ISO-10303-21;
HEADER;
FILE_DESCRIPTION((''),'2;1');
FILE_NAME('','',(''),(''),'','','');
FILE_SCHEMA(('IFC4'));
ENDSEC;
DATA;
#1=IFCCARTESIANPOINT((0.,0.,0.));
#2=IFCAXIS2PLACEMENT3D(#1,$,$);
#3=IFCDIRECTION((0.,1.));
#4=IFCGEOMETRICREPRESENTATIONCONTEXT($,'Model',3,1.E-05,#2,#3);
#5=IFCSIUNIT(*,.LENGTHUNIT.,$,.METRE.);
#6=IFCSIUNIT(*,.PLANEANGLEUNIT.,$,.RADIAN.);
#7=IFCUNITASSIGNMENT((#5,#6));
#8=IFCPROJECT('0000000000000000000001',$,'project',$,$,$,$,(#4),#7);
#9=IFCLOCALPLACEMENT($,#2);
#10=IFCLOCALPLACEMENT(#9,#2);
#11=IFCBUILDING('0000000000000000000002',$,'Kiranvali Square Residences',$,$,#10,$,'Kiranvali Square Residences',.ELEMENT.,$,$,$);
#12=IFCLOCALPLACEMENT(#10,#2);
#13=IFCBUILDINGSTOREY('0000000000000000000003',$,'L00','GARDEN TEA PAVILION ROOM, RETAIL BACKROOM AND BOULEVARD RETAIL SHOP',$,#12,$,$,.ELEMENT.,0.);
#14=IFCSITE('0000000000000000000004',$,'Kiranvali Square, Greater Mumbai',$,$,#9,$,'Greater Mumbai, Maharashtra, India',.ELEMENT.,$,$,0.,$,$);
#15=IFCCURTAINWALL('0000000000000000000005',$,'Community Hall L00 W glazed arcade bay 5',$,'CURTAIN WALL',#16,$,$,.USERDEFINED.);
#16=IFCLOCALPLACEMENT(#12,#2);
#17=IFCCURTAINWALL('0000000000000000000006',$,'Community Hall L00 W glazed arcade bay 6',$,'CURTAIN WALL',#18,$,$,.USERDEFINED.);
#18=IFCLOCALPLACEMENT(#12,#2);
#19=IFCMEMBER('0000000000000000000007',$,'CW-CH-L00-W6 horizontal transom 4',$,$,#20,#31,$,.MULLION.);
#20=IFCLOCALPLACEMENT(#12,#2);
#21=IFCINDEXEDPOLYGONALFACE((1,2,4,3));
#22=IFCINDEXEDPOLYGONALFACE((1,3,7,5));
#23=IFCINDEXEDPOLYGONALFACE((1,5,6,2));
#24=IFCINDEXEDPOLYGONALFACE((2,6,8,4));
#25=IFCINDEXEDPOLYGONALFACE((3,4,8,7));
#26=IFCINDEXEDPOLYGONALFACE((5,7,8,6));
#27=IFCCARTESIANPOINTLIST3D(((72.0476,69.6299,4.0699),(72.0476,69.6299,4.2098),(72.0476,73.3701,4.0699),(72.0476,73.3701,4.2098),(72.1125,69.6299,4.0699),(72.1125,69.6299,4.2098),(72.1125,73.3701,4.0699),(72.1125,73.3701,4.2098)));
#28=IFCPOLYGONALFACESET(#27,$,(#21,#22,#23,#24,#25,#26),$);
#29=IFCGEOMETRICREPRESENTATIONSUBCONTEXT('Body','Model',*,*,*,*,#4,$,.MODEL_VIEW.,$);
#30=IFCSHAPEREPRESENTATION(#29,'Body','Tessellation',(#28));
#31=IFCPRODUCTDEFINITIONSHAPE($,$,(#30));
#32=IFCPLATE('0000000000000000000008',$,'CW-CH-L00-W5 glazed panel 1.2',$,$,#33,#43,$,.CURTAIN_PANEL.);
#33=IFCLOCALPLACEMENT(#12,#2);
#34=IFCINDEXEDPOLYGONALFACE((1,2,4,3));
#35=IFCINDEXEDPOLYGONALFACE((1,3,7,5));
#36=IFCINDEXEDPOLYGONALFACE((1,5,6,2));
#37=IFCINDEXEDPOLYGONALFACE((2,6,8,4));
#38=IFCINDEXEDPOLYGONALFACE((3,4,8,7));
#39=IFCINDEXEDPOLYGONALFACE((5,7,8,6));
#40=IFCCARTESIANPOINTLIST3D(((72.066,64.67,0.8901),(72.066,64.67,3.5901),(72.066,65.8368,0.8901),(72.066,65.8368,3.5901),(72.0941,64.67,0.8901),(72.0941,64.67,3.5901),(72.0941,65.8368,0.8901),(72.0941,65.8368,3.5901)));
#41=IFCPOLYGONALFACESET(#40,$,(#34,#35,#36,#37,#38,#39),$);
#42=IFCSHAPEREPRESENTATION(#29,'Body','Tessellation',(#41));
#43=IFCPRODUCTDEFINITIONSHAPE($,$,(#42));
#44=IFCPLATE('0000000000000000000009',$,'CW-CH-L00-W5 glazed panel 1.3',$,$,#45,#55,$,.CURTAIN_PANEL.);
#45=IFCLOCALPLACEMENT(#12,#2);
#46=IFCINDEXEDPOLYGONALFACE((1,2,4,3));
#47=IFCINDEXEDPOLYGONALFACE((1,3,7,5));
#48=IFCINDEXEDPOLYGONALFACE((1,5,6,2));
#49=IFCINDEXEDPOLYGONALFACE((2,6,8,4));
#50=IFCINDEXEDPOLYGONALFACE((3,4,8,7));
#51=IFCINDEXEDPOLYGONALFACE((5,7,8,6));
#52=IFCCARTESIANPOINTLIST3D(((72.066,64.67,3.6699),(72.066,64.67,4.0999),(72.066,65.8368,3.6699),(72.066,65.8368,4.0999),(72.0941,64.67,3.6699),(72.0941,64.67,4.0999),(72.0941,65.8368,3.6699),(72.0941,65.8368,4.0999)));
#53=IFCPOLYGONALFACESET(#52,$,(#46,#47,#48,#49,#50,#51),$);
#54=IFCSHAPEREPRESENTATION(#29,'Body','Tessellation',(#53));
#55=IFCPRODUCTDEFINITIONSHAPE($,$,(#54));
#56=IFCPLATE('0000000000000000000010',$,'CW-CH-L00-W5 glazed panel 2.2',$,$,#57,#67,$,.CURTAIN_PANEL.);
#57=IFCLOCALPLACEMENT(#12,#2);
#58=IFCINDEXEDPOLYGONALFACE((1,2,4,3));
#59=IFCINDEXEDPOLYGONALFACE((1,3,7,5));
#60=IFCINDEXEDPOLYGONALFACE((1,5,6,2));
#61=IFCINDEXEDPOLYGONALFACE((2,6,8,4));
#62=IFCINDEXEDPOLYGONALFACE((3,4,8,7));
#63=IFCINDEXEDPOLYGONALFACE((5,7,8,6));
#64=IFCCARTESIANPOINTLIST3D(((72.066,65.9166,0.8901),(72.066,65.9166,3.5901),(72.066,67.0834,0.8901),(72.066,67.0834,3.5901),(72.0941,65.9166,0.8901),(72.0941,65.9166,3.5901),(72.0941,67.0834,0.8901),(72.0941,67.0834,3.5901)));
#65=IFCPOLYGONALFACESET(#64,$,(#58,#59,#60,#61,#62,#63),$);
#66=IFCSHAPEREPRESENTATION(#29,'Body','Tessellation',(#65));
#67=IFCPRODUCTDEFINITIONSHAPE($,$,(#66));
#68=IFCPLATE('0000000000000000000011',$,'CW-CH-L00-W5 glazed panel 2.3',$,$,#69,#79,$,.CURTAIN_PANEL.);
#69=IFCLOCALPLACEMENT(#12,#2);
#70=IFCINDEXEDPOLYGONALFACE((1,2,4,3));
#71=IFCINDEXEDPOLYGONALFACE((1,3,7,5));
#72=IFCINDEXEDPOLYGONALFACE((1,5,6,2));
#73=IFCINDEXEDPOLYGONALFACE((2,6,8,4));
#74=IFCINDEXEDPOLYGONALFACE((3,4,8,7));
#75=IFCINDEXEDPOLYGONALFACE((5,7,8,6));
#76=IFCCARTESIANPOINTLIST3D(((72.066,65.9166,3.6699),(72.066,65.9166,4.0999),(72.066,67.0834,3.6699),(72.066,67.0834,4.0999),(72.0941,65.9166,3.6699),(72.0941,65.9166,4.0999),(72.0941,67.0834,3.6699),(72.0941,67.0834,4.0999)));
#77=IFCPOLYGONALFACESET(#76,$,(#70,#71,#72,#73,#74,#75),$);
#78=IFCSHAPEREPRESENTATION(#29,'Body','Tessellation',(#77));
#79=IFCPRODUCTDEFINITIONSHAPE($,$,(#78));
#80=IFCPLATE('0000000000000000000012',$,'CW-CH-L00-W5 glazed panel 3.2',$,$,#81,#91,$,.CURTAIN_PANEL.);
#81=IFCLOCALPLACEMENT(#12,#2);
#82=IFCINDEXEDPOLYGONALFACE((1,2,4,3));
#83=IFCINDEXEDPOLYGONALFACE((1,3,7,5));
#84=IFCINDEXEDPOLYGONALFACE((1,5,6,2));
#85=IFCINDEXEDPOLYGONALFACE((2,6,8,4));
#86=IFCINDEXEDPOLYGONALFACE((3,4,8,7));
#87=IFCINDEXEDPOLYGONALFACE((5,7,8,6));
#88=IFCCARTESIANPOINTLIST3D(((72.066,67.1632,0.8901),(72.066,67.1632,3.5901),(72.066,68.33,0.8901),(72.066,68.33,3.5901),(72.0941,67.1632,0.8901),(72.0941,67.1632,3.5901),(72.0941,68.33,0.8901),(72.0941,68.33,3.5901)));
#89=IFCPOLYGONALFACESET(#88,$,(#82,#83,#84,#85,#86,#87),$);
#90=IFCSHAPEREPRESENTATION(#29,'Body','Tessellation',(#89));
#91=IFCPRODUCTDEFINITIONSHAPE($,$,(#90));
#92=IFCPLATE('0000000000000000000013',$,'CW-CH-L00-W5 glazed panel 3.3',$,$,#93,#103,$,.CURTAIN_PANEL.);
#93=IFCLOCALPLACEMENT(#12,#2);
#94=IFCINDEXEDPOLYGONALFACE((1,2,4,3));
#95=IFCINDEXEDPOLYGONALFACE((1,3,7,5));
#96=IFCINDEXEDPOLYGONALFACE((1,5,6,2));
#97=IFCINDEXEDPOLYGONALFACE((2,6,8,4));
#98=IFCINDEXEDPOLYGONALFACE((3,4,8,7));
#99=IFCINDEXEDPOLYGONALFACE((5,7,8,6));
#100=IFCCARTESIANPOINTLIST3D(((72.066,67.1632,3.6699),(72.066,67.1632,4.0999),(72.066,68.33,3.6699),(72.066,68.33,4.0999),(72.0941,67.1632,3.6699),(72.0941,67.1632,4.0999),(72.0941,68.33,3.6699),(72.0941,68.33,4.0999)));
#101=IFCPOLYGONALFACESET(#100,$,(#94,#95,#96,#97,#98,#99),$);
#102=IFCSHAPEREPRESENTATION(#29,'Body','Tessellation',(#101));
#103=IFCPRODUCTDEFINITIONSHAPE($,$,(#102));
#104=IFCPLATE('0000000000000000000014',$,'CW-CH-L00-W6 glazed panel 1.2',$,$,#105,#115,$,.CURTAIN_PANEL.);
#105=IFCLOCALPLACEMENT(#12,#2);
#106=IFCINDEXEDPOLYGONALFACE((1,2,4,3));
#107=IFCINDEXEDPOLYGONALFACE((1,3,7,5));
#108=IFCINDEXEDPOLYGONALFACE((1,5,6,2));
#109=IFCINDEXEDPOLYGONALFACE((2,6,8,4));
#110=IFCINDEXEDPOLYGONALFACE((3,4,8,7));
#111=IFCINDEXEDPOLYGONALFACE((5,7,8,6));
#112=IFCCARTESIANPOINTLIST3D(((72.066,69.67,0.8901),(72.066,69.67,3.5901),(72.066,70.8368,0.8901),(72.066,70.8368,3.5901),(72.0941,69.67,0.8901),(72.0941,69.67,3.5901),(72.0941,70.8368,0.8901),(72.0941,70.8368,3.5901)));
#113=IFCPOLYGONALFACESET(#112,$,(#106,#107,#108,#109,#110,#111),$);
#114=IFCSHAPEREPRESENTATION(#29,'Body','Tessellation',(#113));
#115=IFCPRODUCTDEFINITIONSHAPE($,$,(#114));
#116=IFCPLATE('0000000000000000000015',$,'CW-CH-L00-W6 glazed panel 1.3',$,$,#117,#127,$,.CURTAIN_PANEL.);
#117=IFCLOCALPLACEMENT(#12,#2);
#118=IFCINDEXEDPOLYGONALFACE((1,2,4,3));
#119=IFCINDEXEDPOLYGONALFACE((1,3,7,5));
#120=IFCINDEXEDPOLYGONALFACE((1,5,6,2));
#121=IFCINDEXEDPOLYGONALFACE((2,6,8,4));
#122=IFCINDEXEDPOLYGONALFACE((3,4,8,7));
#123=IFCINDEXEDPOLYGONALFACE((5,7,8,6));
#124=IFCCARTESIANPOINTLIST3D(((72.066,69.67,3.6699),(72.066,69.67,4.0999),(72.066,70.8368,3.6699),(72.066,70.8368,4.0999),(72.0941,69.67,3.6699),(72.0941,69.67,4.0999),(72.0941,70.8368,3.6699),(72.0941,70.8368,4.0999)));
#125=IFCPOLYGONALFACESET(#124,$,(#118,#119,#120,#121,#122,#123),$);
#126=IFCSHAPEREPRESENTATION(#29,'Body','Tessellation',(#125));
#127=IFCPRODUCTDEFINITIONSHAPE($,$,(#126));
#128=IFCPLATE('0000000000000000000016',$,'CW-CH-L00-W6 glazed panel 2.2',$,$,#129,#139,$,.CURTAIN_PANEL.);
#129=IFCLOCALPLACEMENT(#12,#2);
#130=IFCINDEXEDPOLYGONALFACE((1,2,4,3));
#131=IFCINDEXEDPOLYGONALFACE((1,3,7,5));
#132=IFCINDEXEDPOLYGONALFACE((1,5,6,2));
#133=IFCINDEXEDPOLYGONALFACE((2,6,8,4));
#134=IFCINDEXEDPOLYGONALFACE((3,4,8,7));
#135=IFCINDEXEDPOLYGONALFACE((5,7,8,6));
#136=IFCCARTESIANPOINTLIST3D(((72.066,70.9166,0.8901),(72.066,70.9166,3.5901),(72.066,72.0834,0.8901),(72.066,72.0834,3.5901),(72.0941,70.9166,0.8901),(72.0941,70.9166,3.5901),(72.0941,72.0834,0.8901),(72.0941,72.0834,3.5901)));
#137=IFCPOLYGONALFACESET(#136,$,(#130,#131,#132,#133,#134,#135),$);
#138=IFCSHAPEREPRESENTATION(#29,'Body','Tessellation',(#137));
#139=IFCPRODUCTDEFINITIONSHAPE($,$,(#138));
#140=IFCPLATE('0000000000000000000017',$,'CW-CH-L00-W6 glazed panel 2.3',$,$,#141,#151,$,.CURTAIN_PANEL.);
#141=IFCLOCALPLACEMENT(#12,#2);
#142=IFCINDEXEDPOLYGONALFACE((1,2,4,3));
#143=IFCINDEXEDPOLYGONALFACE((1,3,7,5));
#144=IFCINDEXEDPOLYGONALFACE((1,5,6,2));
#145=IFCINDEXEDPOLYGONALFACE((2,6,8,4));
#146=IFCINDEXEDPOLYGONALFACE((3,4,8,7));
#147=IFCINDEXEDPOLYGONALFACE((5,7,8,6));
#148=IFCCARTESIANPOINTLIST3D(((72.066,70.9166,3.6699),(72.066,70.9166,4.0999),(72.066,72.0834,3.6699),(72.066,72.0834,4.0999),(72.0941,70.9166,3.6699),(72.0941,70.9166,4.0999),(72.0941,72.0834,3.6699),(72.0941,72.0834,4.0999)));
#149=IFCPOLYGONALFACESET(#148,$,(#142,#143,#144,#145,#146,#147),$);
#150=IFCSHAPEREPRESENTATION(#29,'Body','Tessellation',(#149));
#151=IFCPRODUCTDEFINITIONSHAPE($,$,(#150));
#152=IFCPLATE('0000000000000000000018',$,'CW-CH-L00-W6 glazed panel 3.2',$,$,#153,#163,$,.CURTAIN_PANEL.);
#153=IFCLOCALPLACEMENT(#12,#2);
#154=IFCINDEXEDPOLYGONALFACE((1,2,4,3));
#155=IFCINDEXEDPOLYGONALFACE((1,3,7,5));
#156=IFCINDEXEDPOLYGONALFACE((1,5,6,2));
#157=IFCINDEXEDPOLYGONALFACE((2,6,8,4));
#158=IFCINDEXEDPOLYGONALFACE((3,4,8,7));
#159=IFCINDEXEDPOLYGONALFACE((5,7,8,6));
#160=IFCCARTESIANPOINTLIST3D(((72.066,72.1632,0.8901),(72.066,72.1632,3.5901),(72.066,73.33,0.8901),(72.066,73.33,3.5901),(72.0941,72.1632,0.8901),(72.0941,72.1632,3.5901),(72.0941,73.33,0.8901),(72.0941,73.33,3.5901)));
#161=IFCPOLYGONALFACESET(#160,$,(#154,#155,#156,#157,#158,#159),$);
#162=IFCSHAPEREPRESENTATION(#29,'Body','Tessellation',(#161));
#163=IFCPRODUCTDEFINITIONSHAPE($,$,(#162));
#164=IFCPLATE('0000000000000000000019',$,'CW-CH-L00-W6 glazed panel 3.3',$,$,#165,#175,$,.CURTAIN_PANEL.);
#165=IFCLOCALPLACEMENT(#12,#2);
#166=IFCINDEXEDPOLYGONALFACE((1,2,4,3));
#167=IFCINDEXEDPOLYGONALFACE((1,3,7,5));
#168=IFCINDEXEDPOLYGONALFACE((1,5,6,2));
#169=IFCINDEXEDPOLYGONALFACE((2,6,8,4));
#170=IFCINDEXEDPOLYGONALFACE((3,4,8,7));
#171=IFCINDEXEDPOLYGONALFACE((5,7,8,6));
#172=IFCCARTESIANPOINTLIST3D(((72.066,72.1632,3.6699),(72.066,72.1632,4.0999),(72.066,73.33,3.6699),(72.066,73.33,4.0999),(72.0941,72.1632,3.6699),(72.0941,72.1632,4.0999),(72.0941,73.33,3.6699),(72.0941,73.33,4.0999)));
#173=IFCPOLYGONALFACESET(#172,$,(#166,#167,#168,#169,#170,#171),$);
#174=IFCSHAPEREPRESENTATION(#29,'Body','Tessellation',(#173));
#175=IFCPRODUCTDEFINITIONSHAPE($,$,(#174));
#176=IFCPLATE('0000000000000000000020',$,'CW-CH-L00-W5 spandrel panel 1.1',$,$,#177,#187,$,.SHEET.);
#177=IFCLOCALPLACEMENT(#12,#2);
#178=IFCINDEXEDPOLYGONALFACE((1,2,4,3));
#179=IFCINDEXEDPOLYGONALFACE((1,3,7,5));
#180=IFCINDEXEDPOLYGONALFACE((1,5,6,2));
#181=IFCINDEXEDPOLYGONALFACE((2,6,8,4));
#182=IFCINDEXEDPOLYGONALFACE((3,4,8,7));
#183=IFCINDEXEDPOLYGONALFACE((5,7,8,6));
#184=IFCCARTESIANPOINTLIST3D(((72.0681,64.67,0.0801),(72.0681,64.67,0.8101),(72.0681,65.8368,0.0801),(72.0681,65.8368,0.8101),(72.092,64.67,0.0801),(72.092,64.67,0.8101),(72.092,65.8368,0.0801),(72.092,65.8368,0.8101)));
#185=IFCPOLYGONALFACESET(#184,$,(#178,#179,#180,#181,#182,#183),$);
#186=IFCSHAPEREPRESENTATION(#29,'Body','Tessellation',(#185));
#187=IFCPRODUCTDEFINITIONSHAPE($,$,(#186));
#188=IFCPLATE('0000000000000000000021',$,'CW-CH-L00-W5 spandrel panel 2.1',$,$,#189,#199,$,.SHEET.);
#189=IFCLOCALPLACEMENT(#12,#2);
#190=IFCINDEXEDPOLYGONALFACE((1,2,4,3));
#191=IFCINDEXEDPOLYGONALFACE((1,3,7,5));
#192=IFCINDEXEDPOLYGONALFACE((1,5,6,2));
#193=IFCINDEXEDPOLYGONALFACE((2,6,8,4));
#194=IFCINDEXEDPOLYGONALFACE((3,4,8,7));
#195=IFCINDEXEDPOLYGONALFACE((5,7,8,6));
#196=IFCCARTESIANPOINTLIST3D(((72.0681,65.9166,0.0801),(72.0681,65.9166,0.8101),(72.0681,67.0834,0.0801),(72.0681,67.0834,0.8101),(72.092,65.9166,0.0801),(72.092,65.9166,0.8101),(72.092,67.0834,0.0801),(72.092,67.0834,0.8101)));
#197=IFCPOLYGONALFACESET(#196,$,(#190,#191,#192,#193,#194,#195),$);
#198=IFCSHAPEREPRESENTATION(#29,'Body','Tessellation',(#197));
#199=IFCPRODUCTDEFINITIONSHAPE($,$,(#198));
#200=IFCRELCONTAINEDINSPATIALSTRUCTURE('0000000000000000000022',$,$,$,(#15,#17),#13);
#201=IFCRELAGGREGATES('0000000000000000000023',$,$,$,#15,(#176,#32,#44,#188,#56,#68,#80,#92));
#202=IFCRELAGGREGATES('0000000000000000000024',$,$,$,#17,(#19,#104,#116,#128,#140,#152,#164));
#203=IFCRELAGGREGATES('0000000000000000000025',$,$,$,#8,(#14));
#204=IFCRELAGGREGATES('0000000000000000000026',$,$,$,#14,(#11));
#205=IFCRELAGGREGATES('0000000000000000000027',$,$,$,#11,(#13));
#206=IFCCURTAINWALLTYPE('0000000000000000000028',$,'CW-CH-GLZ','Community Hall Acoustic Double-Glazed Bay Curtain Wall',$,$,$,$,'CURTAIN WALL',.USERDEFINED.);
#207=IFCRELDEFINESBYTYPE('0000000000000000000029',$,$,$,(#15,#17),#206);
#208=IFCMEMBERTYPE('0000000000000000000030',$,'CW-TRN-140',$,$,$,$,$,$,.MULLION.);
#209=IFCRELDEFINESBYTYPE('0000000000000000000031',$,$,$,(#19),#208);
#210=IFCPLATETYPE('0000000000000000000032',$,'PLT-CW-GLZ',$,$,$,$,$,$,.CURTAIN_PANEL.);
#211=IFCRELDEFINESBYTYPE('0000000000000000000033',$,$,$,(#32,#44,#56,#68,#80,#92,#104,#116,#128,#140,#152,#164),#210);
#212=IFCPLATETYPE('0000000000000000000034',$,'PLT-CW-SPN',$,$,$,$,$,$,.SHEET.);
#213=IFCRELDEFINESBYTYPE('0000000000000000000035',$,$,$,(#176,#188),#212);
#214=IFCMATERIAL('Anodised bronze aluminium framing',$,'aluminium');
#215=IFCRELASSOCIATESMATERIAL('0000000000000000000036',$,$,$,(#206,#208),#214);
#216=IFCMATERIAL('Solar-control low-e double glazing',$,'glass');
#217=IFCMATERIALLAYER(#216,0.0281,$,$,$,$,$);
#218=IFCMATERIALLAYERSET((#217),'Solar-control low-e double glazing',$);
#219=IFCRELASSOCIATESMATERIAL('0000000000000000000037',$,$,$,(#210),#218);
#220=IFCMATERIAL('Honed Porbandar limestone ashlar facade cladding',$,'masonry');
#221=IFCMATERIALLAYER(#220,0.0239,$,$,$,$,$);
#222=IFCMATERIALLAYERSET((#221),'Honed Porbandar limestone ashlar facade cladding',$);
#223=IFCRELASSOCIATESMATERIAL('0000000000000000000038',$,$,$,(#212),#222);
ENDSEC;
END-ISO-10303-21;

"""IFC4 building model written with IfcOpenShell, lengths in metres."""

from ifc_helpers import new_model, si_unit, direction, frame, origin, origin_2d, place, context, subcontext, project, spatial, rectangle, extrude, material, layer, layer_set, material_profile, profile_set, type_object, element, aggregate, save


model = new_model("IFC4")

# Units and contexts
model_context = context("Model", 3, precision=1e-05, world=origin(), true_north=direction((0.0, 1.0)))
body_context = subcontext(model_context, "Body", "Model", "MODEL_VIEW")
ifc_project = project(units=[si_unit("LENGTHUNIT", "METRE"), si_unit("PLANEANGLEUNIT", "RADIAN")], contexts=[model_context])

# Site, building, storey
site_placement = place(None, origin())
site = spatial("IfcSite", under=ifc_project, at=site_placement, Name="Kiranvali Square, Greater Mumbai", LongName="Greater Mumbai, Maharashtra, India", CompositionType="ELEMENT", RefElevation=0.0)
building_placement = place(site_placement, origin())
building = spatial("IfcBuilding", under=site, at=building_placement, Name="Kiranvali Square Residences", LongName="Kiranvali Square Residences", CompositionType="ELEMENT")
storey_placement = place(building_placement, origin())
storey = spatial("IfcBuildingStorey", under=building, at=storey_placement, Name="L00", Description="GARDEN TEA PAVILION ROOM, RETAIL BACKROOM AND BOULEVARD RETAIL SHOP", CompositionType="ELEMENT", Elevation=0.0)

# Curtain walls
ifc_material_1 = material(Name="Anodised bronze aluminium framing", Category="aluminium")
curtain_wall_type = type_object("IfcCurtainWallType", Name="CW-CH-GLZ", Description="Community Hall Acoustic Double-Glazed Bay Curtain Wall", ElementType="CURTAIN WALL", PredefinedType="USERDEFINED", material=ifc_material_1)
curtain_wall_1_placement = place(storey_placement, origin())
curtain_wall_1 = element("IfcCurtainWall", 1, at=curtain_wall_1_placement, inside=storey, type_object=curtain_wall_type, Name="Community Hall L00 W glazed arcade bay 5", ObjectType="CURTAIN WALL", PredefinedType="USERDEFINED")
curtain_wall_2_placement = place(storey_placement, origin())
curtain_wall_2 = element("IfcCurtainWall", 2, at=curtain_wall_2_placement, inside=storey, type_object=curtain_wall_type, Name="Community Hall L00 W glazed arcade bay 6", ObjectType="CURTAIN WALL", PredefinedType="USERDEFINED")

# Member
ifc_material_profile_1 = material_profile(ifc_material_1, rectangle(XDim=0.0649, YDim=0.1399, at=origin_2d()), Name="ALU 65x140")
ifc_profile_set_1 = profile_set([ifc_material_profile_1], Name="Anodised bronze aluminium framing")
member_type_1 = type_object("IfcMemberType", Name="CW-TRN-140", PredefinedType="MULLION", material=ifc_profile_set_1)
member_1_placement = place(storey_placement, frame((72.0801, 69.6299, 4.1399), z_axis=(0.0, 1.0, 0.0), x_axis=(-1.0, 0.0, 0.0)))
member_1 = element("IfcMember", 3, at=member_1_placement, type_object=member_type_1, Name="CW-CH-L00-W6 horizontal transom 4", PredefinedType="MULLION", context=body_context, shape_type="SweptSolid", body=[
    extrude(rectangle(XDim=0.0649, YDim=0.1399, at=origin_2d()), origin(), (0.0, 0.0, 1.0), 3.7402),
])

# Plates
ifc_material_2 = material(Name="Solar-control low-e double glazing", Category="glass")
ifc_layer_1 = layer(ifc_material_2, 0.0281)
ifc_layer_set_1 = layer_set([ifc_layer_1], Name="Solar-control low-e double glazing")
plate_type_1 = type_object("IfcPlateType", Name="PLT-CW-GLZ", PredefinedType="CURTAIN_PANEL", material=ifc_layer_set_1)
plate_1_placement = place(storey_placement, frame((72.0801, 65.2534, 0.8901), z_axis=(0.0, 0.0, 1.0), x_axis=(0.0, 1.0, 0.0)))
plate_1 = element("IfcPlate", 4, at=plate_1_placement, type_object=plate_type_1, Name="CW-CH-L00-W5 glazed panel 1.2", PredefinedType="CURTAIN_PANEL", context=body_context, shape_type="SweptSolid", body=[
    extrude(rectangle(XDim=1.1667, YDim=0.0281, at=origin_2d()), origin(), (0.0, 0.0, 1.0), 2.7),
])
plate_2_placement = place(storey_placement, frame((72.0801, 65.2534, 3.6699), z_axis=(0.0, 0.0, 1.0), x_axis=(0.0, 1.0, 0.0)))
plate_2 = element("IfcPlate", 5, at=plate_2_placement, type_object=plate_type_1, Name="CW-CH-L00-W5 glazed panel 1.3", PredefinedType="CURTAIN_PANEL", context=body_context, shape_type="SweptSolid", body=[
    extrude(rectangle(XDim=1.1667, YDim=0.0281, at=origin_2d()), origin(), (0.0, 0.0, 1.0), 0.4299),
])
plate_3_placement = place(storey_placement, frame((72.0801, 66.5, 0.8901), z_axis=(0.0, 0.0, 1.0), x_axis=(0.0, 1.0, 0.0)))
plate_3 = element("IfcPlate", 6, at=plate_3_placement, type_object=plate_type_1, Name="CW-CH-L00-W5 glazed panel 2.2", PredefinedType="CURTAIN_PANEL", context=body_context, shape_type="SweptSolid", body=[
    extrude(rectangle(XDim=1.1667, YDim=0.0281, at=origin_2d()), origin(), (0.0, 0.0, 1.0), 2.7),
])
plate_4_placement = place(storey_placement, frame((72.0801, 66.5, 3.6699), z_axis=(0.0, 0.0, 1.0), x_axis=(0.0, 1.0, 0.0)))
plate_4 = element("IfcPlate", 7, at=plate_4_placement, type_object=plate_type_1, Name="CW-CH-L00-W5 glazed panel 2.3", PredefinedType="CURTAIN_PANEL", context=body_context, shape_type="SweptSolid", body=[
    extrude(rectangle(XDim=1.1667, YDim=0.0281, at=origin_2d()), origin(), (0.0, 0.0, 1.0), 0.4299),
])
plate_5_placement = place(storey_placement, frame((72.0801, 67.7466, 0.8901), z_axis=(0.0, 0.0, 1.0), x_axis=(0.0, 1.0, 0.0)))
plate_5 = element("IfcPlate", 8, at=plate_5_placement, type_object=plate_type_1, Name="CW-CH-L00-W5 glazed panel 3.2", PredefinedType="CURTAIN_PANEL", context=body_context, shape_type="SweptSolid", body=[
    extrude(rectangle(XDim=1.1667, YDim=0.0281, at=origin_2d()), origin(), (0.0, 0.0, 1.0), 2.7),
])
plate_6_placement = place(storey_placement, frame((72.0801, 67.7466, 3.6699), z_axis=(0.0, 0.0, 1.0), x_axis=(0.0, 1.0, 0.0)))
plate_6 = element("IfcPlate", 9, at=plate_6_placement, type_object=plate_type_1, Name="CW-CH-L00-W5 glazed panel 3.3", PredefinedType="CURTAIN_PANEL", context=body_context, shape_type="SweptSolid", body=[
    extrude(rectangle(XDim=1.1667, YDim=0.0281, at=origin_2d()), origin(), (0.0, 0.0, 1.0), 0.4299),
])
plate_7_placement = place(storey_placement, frame((72.0801, 70.2534, 0.8901), z_axis=(0.0, 0.0, 1.0), x_axis=(0.0, 1.0, 0.0)))
plate_7 = element("IfcPlate", 10, at=plate_7_placement, type_object=plate_type_1, Name="CW-CH-L00-W6 glazed panel 1.2", PredefinedType="CURTAIN_PANEL", context=body_context, shape_type="SweptSolid", body=[
    extrude(rectangle(XDim=1.1667, YDim=0.0281, at=origin_2d()), origin(), (0.0, 0.0, 1.0), 2.7),
])
plate_8_placement = place(storey_placement, frame((72.0801, 70.2534, 3.6699), z_axis=(0.0, 0.0, 1.0), x_axis=(0.0, 1.0, 0.0)))
plate_8 = element("IfcPlate", 11, at=plate_8_placement, type_object=plate_type_1, Name="CW-CH-L00-W6 glazed panel 1.3", PredefinedType="CURTAIN_PANEL", context=body_context, shape_type="SweptSolid", body=[
    extrude(rectangle(XDim=1.1667, YDim=0.0281, at=origin_2d()), origin(), (0.0, 0.0, 1.0), 0.4299),
])
plate_9_placement = place(storey_placement, frame((72.0801, 71.5, 0.8901), z_axis=(0.0, 0.0, 1.0), x_axis=(0.0, 1.0, 0.0)))
plate_9 = element("IfcPlate", 12, at=plate_9_placement, type_object=plate_type_1, Name="CW-CH-L00-W6 glazed panel 2.2", PredefinedType="CURTAIN_PANEL", context=body_context, shape_type="SweptSolid", body=[
    extrude(rectangle(XDim=1.1667, YDim=0.0281, at=origin_2d()), origin(), (0.0, 0.0, 1.0), 2.7),
])
plate_10_placement = place(storey_placement, frame((72.0801, 71.5, 3.6699), z_axis=(0.0, 0.0, 1.0), x_axis=(0.0, 1.0, 0.0)))
plate_10 = element("IfcPlate", 13, at=plate_10_placement, type_object=plate_type_1, Name="CW-CH-L00-W6 glazed panel 2.3", PredefinedType="CURTAIN_PANEL", context=body_context, shape_type="SweptSolid", body=[
    extrude(rectangle(XDim=1.1667, YDim=0.0281, at=origin_2d()), origin(), (0.0, 0.0, 1.0), 0.4299),
])
plate_11_placement = place(storey_placement, frame((72.0801, 72.7466, 0.8901), z_axis=(0.0, 0.0, 1.0), x_axis=(0.0, 1.0, 0.0)))
plate_11 = element("IfcPlate", 14, at=plate_11_placement, type_object=plate_type_1, Name="CW-CH-L00-W6 glazed panel 3.2", PredefinedType="CURTAIN_PANEL", context=body_context, shape_type="SweptSolid", body=[
    extrude(rectangle(XDim=1.1667, YDim=0.0281, at=origin_2d()), origin(), (0.0, 0.0, 1.0), 2.7),
])
plate_12_placement = place(storey_placement, frame((72.0801, 72.7466, 3.6699), z_axis=(0.0, 0.0, 1.0), x_axis=(0.0, 1.0, 0.0)))
plate_12 = element("IfcPlate", 15, at=plate_12_placement, type_object=plate_type_1, Name="CW-CH-L00-W6 glazed panel 3.3", PredefinedType="CURTAIN_PANEL", context=body_context, shape_type="SweptSolid", body=[
    extrude(rectangle(XDim=1.1667, YDim=0.0281, at=origin_2d()), origin(), (0.0, 0.0, 1.0), 0.4299),
])
ifc_material_3 = material(Name="Honed Porbandar limestone ashlar facade cladding", Category="masonry")
ifc_layer_2 = layer(ifc_material_3, 0.0239)
ifc_layer_set_2 = layer_set([ifc_layer_2], Name="Honed Porbandar limestone ashlar facade cladding")
plate_type_2 = type_object("IfcPlateType", Name="PLT-CW-SPN", PredefinedType="SHEET", material=ifc_layer_set_2)
plate_13_placement = place(storey_placement, frame((72.0801, 65.2534, 0.0801), z_axis=(0.0, 0.0, 1.0), x_axis=(0.0, 1.0, 0.0)))
plate_13 = element("IfcPlate", 16, at=plate_13_placement, type_object=plate_type_2, Name="CW-CH-L00-W5 spandrel panel 1.1", PredefinedType="SHEET", context=body_context, shape_type="SweptSolid", body=[
    extrude(rectangle(XDim=1.1667, YDim=0.0239, at=origin_2d()), origin(), (0.0, 0.0, 1.0), 0.73),
])
plate_14_placement = place(storey_placement, frame((72.0801, 66.5, 0.0801), z_axis=(0.0, 0.0, 1.0), x_axis=(0.0, 1.0, 0.0)))
plate_14 = element("IfcPlate", 17, at=plate_14_placement, type_object=plate_type_2, Name="CW-CH-L00-W5 spandrel panel 2.1", PredefinedType="SHEET", context=body_context, shape_type="SweptSolid", body=[
    extrude(rectangle(XDim=1.1667, YDim=0.0239, at=origin_2d()), origin(), (0.0, 0.0, 1.0), 0.73),
])
aggregate(curtain_wall_1, [plate_13, plate_1, plate_2, plate_14, plate_3, plate_4, plate_5, plate_6])
aggregate(curtain_wall_2, [member_1, plate_7, plate_8, plate_9, plate_10, plate_11, plate_12])

save(model, "model.ifc")
